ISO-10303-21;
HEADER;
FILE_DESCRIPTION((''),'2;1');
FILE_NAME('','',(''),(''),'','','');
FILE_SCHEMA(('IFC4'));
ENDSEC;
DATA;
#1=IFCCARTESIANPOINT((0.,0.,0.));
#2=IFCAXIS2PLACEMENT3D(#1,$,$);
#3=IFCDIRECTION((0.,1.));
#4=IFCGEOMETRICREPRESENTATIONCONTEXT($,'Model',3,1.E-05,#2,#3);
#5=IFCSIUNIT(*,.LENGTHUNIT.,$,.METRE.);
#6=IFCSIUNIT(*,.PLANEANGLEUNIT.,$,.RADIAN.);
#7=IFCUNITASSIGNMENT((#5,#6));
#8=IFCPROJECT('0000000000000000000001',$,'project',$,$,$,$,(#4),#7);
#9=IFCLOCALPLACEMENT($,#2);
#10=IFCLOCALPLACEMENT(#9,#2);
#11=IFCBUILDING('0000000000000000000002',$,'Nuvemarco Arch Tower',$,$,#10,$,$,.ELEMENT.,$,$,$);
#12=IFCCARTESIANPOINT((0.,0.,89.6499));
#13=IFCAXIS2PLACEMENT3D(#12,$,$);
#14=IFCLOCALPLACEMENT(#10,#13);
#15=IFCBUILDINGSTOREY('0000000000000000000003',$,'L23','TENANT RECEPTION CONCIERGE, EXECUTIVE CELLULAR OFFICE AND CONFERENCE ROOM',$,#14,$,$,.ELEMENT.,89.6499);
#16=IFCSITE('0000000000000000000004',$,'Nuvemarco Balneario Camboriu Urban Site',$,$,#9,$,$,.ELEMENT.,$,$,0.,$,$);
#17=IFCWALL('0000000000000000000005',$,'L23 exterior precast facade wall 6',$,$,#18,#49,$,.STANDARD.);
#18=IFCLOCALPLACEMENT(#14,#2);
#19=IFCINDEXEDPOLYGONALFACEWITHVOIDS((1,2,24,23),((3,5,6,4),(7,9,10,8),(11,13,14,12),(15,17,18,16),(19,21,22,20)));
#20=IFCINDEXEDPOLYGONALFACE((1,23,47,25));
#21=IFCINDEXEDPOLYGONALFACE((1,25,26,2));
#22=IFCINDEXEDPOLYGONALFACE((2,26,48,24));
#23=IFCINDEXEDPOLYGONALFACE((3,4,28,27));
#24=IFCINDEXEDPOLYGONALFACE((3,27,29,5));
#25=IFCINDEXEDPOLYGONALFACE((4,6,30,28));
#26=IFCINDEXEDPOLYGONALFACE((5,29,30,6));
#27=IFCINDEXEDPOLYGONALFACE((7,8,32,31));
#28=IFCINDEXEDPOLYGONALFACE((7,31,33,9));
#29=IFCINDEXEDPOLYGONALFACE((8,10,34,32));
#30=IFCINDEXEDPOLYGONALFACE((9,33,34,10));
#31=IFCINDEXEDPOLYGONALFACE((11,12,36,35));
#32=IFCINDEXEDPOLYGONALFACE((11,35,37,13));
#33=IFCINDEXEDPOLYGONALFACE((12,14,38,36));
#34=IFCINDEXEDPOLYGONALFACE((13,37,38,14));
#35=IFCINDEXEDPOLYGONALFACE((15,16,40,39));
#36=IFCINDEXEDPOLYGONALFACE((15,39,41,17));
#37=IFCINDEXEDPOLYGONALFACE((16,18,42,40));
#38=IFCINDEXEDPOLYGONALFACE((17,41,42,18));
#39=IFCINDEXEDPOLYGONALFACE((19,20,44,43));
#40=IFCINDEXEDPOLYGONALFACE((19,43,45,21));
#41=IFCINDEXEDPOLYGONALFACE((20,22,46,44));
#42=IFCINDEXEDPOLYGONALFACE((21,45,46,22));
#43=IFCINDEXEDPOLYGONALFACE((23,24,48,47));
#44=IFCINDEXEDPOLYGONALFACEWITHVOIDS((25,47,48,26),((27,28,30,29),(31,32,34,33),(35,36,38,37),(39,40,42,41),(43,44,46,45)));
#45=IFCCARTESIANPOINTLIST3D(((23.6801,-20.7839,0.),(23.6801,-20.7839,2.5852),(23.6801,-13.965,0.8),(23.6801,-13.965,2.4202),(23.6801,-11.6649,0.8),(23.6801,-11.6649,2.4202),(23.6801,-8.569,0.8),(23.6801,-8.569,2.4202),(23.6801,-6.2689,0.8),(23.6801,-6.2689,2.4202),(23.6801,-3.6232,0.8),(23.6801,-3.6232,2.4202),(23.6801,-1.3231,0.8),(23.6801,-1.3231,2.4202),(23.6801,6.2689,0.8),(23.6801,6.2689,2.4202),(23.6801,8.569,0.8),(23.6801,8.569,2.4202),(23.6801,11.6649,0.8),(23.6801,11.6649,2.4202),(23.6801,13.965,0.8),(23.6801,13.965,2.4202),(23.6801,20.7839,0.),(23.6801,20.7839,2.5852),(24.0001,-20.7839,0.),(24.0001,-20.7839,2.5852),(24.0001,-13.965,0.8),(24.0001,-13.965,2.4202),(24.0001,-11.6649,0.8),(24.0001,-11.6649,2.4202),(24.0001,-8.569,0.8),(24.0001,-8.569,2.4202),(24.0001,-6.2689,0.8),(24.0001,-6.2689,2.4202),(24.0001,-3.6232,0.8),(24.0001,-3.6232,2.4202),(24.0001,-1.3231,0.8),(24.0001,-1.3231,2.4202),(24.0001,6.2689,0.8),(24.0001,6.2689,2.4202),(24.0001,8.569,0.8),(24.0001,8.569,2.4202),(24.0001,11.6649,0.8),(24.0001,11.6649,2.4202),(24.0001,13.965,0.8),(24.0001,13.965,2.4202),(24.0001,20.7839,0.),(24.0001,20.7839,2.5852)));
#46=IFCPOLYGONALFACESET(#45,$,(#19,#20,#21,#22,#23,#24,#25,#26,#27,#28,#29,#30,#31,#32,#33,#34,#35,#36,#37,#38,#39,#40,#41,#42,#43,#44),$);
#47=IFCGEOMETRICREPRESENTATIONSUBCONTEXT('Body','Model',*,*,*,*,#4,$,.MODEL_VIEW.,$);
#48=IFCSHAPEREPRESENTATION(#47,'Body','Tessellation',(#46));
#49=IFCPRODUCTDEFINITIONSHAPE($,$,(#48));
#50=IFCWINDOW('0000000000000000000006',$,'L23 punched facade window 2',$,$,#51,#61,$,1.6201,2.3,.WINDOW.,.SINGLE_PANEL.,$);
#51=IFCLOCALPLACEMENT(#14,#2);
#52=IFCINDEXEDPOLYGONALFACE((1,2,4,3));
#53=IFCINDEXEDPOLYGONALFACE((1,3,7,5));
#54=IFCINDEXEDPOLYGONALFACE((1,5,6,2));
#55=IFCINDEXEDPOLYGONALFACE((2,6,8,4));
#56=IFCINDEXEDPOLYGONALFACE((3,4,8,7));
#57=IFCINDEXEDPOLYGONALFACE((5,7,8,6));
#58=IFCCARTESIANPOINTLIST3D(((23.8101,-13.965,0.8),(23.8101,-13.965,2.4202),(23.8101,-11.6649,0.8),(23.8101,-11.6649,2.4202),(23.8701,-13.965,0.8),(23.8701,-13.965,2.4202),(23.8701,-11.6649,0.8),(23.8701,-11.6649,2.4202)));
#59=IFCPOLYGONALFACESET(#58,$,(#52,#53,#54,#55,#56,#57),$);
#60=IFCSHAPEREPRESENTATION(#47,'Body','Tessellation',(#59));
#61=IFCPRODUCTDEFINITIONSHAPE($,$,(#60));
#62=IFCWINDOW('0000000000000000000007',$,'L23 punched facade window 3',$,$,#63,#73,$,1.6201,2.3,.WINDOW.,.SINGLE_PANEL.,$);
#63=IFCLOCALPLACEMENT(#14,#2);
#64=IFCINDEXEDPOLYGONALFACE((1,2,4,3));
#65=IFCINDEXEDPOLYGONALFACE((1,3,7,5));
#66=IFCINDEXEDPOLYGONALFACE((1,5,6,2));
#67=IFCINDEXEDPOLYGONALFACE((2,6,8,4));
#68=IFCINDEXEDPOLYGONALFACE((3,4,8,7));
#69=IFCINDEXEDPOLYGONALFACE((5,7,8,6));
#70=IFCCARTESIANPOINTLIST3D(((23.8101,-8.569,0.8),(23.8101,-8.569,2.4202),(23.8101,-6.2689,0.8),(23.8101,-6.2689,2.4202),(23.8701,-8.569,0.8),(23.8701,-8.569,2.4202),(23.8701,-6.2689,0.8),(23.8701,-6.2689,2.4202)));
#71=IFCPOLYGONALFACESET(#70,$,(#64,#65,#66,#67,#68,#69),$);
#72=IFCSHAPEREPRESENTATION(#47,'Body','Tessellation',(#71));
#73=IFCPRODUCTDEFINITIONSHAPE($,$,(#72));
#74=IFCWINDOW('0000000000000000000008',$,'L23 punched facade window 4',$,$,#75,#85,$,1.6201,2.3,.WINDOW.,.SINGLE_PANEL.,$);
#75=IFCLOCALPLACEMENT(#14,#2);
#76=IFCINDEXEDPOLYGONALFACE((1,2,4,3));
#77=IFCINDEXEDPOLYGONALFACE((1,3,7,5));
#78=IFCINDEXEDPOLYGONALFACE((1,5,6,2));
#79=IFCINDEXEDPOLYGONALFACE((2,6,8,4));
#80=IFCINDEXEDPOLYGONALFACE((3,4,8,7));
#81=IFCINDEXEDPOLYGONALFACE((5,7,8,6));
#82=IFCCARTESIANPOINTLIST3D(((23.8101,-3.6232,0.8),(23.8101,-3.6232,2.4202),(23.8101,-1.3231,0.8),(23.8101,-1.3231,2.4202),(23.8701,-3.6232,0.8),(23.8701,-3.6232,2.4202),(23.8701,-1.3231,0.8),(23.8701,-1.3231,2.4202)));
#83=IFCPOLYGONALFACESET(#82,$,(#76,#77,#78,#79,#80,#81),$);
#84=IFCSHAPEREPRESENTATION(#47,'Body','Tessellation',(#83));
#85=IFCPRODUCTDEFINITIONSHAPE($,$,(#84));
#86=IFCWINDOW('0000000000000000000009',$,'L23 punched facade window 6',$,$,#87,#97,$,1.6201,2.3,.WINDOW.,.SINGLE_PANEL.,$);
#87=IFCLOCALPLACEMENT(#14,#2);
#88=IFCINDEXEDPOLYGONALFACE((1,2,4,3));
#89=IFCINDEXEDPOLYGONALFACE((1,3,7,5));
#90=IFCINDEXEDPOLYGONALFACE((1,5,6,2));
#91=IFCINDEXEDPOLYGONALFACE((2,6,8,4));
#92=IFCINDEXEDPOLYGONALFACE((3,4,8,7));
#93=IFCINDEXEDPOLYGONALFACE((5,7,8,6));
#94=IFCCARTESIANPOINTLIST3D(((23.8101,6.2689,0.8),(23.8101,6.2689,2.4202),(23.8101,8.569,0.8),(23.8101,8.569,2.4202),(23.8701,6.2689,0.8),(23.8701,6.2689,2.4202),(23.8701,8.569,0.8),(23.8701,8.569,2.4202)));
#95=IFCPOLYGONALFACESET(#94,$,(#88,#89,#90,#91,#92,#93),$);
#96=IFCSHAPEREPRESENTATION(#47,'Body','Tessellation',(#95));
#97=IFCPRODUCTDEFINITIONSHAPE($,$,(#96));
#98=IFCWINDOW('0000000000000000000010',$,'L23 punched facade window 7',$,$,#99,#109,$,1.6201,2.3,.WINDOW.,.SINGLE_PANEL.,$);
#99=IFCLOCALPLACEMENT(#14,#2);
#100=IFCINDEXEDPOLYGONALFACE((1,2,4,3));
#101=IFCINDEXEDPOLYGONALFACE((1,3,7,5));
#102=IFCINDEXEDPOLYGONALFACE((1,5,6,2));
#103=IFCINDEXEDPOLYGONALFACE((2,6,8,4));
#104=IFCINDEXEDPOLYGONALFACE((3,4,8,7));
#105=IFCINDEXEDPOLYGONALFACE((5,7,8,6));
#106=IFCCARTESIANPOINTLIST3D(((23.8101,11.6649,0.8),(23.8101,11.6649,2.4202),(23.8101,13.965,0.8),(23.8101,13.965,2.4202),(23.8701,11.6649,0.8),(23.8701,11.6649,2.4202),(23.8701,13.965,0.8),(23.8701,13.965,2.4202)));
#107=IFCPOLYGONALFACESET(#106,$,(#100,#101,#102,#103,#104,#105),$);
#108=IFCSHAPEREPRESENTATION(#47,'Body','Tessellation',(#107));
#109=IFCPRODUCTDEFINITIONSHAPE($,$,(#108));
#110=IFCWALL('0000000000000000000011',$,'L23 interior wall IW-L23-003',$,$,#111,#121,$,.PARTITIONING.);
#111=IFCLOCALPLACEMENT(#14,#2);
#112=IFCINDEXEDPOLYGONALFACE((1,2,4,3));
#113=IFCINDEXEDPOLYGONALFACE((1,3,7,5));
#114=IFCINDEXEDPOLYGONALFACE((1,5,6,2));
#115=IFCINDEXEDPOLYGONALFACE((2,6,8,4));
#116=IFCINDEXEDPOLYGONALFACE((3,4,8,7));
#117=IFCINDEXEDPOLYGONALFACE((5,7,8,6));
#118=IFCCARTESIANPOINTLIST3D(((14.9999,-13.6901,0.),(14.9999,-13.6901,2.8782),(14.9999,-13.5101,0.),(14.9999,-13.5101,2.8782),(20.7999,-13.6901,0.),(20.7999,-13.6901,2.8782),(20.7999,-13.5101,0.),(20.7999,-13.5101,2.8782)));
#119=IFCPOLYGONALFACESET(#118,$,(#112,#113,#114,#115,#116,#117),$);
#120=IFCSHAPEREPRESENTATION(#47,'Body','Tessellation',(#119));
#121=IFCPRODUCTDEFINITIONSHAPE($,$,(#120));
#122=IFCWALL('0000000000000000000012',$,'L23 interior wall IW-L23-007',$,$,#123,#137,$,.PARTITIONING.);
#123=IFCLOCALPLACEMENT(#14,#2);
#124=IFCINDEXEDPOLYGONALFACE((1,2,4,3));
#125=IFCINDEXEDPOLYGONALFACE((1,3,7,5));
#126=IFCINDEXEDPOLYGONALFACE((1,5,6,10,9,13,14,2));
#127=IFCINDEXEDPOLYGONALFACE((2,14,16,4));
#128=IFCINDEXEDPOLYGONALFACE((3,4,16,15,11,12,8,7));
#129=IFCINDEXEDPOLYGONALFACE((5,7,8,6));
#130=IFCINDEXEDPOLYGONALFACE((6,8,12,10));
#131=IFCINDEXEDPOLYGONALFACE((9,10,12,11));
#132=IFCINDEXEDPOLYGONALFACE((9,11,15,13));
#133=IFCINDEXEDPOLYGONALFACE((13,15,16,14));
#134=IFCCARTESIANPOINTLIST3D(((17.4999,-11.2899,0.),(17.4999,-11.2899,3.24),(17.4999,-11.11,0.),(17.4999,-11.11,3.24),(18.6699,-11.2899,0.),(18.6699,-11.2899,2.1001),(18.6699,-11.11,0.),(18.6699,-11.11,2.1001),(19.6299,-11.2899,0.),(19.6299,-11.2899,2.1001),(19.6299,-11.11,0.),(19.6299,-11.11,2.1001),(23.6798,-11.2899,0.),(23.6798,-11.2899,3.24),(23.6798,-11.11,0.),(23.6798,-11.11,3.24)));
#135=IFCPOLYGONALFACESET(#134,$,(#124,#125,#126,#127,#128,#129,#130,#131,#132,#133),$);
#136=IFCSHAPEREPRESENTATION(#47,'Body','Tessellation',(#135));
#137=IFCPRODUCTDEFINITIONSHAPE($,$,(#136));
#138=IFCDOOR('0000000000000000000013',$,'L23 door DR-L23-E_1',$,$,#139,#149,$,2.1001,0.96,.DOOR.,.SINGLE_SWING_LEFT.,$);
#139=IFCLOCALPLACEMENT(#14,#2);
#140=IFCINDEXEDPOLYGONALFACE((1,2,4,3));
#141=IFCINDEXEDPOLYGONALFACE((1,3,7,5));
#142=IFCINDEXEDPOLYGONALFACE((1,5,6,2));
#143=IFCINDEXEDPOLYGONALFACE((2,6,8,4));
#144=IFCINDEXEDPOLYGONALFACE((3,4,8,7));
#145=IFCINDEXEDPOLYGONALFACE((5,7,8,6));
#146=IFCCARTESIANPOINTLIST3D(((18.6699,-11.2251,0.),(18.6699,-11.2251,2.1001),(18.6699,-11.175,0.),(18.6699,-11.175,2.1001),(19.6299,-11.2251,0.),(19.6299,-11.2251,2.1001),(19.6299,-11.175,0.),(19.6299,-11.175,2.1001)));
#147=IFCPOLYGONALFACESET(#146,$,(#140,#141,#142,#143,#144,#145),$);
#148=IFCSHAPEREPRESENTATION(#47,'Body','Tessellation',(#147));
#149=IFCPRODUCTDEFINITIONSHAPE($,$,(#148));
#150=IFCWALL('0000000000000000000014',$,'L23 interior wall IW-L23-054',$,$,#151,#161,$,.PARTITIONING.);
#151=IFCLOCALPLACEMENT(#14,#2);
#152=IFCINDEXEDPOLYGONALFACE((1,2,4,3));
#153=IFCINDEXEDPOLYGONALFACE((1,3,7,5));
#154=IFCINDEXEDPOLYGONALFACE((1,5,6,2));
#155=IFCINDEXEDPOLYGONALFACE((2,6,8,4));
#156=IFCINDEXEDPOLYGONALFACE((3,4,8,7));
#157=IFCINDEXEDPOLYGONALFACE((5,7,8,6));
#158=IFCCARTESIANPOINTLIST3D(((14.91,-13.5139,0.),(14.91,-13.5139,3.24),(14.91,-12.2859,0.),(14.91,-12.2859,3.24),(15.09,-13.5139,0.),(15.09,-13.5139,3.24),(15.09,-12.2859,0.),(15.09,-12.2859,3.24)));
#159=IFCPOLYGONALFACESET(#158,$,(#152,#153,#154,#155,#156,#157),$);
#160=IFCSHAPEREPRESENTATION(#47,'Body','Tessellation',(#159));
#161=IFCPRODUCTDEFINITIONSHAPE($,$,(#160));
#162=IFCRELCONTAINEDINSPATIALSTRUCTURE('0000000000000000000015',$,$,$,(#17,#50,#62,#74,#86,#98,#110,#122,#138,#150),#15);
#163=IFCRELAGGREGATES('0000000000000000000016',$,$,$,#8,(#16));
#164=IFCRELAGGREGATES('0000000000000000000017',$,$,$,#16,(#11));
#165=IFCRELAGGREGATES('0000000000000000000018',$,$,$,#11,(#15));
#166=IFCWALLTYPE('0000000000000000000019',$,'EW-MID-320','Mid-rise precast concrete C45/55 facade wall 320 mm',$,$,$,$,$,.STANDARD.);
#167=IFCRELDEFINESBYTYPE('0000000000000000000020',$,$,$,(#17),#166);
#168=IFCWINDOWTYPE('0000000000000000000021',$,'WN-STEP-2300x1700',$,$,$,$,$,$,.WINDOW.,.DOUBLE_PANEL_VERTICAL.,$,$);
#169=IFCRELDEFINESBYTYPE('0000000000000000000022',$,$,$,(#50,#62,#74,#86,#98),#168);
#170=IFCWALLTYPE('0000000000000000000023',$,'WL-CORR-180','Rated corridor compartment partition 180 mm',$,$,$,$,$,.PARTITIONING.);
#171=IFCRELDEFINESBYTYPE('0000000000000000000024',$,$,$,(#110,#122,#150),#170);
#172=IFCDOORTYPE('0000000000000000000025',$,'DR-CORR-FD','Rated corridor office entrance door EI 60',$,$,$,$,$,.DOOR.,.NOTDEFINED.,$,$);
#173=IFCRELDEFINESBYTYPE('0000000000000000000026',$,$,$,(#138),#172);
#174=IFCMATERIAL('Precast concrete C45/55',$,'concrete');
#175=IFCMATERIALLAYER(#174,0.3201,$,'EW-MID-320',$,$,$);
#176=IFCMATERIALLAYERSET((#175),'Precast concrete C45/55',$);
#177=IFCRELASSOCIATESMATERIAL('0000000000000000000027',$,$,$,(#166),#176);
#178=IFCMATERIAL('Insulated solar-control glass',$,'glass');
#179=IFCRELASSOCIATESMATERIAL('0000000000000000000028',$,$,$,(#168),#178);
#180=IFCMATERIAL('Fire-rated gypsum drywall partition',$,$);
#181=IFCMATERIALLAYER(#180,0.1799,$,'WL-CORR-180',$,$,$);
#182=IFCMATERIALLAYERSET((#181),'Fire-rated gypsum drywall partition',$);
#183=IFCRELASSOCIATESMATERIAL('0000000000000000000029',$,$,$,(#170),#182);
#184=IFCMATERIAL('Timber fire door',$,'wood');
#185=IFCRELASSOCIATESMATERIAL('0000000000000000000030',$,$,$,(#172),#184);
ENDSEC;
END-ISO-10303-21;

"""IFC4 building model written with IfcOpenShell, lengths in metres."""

from ifc_helpers import new_model, si_unit, direction, frame, frame_2d, origin, place, context, subcontext, project, spatial, rectangle, extrude, source, transform, mapped, material, layer, layer_set, type_object, type_shapes, element, fill, save


model = new_model("IFC4")

# Units and contexts
model_context = context("Model", 3, precision=1e-05, world=origin(), true_north=direction((0.0, 1.0)))
body_context = subcontext(model_context, "Body", "Model", "MODEL_VIEW")
ifc_project = project(units=[si_unit("LENGTHUNIT", "METRE"), si_unit("PLANEANGLEUNIT", "RADIAN")], contexts=[model_context])

# Site, building, storey
site_placement = place(None, origin())
site = spatial("IfcSite", under=ifc_project, at=site_placement, Name="Nuvemarco Balneario Camboriu Urban Site", CompositionType="ELEMENT", RefElevation=0.0)
building_placement = place(site_placement, origin())
building = spatial("IfcBuilding", under=site, at=building_placement, Name="Nuvemarco Arch Tower", CompositionType="ELEMENT")
storey_placement = place(building_placement, frame((0.0, 0.0, 89.6499)))
storey = spatial("IfcBuildingStorey", under=building, at=storey_placement, Name="L23", Description="TENANT RECEPTION CONCIERGE, EXECUTIVE CELLULAR OFFICE AND CONFERENCE ROOM", CompositionType="ELEMENT", Elevation=89.6499)

# Shared definitions
ifc_material_1 = material(Name="Precast concrete C45/55", Category="concrete")

# Shared definitions
ifc_layer_1 = layer(ifc_material_1, 0.3201, Name="EW-MID-320")
ifc_layer_set_1 = layer_set([ifc_layer_1], Name="Precast concrete C45/55")
wall_type_1 = type_object("IfcWallType", Name="EW-MID-320", Description="Mid-rise precast concrete C45/55 facade wall 320 mm", PredefinedType="STANDARD", material=ifc_layer_set_1)

# Wall, openings, windows
wall_1_placement = place(storey_placement, frame((23.8401, -20.7839, 0.0), z_axis=(0.0, 0.0, 1.0), x_axis=(0.0, 1.0, 0.0)))
wall_1 = element("IfcWall", 1, at=wall_1_placement, inside=storey, type_object=wall_type_1, Name="L23 exterior precast facade wall 6", PredefinedType="STANDARD", context=body_context, shape_type="SweptSolid", body=[
    extrude(rectangle(XDim=41.5679, YDim=0.3201, at=frame_2d((20.7839, 0.0))), origin(), (0.0, 0.0, 1.0), 2.5852),
])
opening_1_placement = place(wall_1_placement, frame((6.8191, 0.0, 0.8)))
opening_1 = element("IfcOpeningElement", 2, at=opening_1_placement, cuts=wall_1, PredefinedType="OPENING", context=body_context, shape_type="SweptSolid", body=[
    extrude(rectangle(XDim=2.3, YDim=1.6201, at=frame_2d((1.1499, 0.8101))), frame((0.0, 0.1699, 0.0), z_axis=(0.0, -1.0, 0.0), x_axis=(1.0, 0.0, 0.0)), (0.0, 0.0, 1.0), 0.3401),
])
opening_2_placement = place(wall_1_placement, frame((12.2151, 0.0, 0.8)))
opening_2 = element("IfcOpeningElement", 3, at=opening_2_placement, cuts=wall_1, PredefinedType="OPENING", context=body_context, shape_type="SweptSolid", body=[
    extrude(rectangle(XDim=2.3, YDim=1.6201, at=frame_2d((1.1499, 0.8101))), frame((0.0, 0.1699, 0.0), z_axis=(0.0, -1.0, 0.0), x_axis=(1.0, 0.0, 0.0)), (0.0, 0.0, 1.0), 0.3401),
])
opening_3_placement = place(wall_1_placement, frame((17.1609, 0.0, 0.8)))
opening_3 = element("IfcOpeningElement", 4, at=opening_3_placement, cuts=wall_1, PredefinedType="OPENING", context=body_context, shape_type="SweptSolid", body=[
    extrude(rectangle(XDim=2.3, YDim=1.6201, at=frame_2d((1.1499, 0.8101))), frame((0.0, 0.1699, 0.0), z_axis=(0.0, -1.0, 0.0), x_axis=(1.0, 0.0, 0.0)), (0.0, 0.0, 1.0), 0.3401),
])
opening_4_placement = place(wall_1_placement, frame((27.053, 0.0, 0.8)))
opening_4 = element("IfcOpeningElement", 5, at=opening_4_placement, cuts=wall_1, PredefinedType="OPENING", context=body_context, shape_type="SweptSolid", body=[
    extrude(rectangle(XDim=2.3, YDim=1.6201, at=frame_2d((1.1499, 0.8101))), frame((0.0, 0.1699, 0.0), z_axis=(0.0, -1.0, 0.0), x_axis=(1.0, 0.0, 0.0)), (0.0, 0.0, 1.0), 0.3401),
])
opening_5_placement = place(wall_1_placement, frame((32.449, 0.0, 0.8)))
opening_5 = element("IfcOpeningElement", 6, at=opening_5_placement, cuts=wall_1, PredefinedType="OPENING", context=body_context, shape_type="SweptSolid", body=[
    extrude(rectangle(XDim=2.3, YDim=1.6201, at=frame_2d((1.1499, 0.8101))), frame((0.0, 0.1699, 0.0), z_axis=(0.0, -1.0, 0.0), x_axis=(1.0, 0.0, 0.0)), (0.0, 0.0, 1.0), 0.3401),
])
ifc_material_2 = material(Name="Insulated solar-control glass", Category="glass")
window_type = type_object("IfcWindowType", Name="WN-STEP-2300x1700", PartitioningType="DOUBLE_PANEL_VERTICAL", PredefinedType="WINDOW", material=ifc_material_2)
shared_shape_1 = source(origin(), body_context, "Body", "SweptSolid", [
    extrude(rectangle(XDim=2.3, YDim=1.6201, at=frame_2d((1.1499, 0.8101))), frame((0.0, 0.03, 0.0), z_axis=(0.0, -1.0, 0.0), x_axis=(1.0, 0.0, 0.0)), (0.0, 0.0, 1.0), 0.0601),
])
type_shapes(window_type, [shared_shape_1])
window_1_placement = place(opening_1_placement, origin())
window_1 = element("IfcWindow", 7, at=window_1_placement, inside=storey, type_object=window_type, Name="L23 punched facade window 2", OverallHeight=1.6201, OverallWidth=2.3, PartitioningType="SINGLE_PANEL", PredefinedType="WINDOW", context=body_context, shape_type="MappedRepresentation", body=[
    mapped(shared_shape_1, transform((0.0, 0.0, 0.0), scale=1.0)),
])
fill(opening_1, window_1)
window_2_placement = place(opening_2_placement, origin())
window_2 = element("IfcWindow", 8, at=window_2_placement, inside=storey, type_object=window_type, Name="L23 punched facade window 3", OverallHeight=1.6201, OverallWidth=2.3, PartitioningType="SINGLE_PANEL", PredefinedType="WINDOW", context=body_context, shape_type="MappedRepresentation", body=[
    mapped(shared_shape_1, transform((0.0, 0.0, 0.0), scale=1.0)),
])
fill(opening_2, window_2)
window_3_placement = place(opening_3_placement, origin())
window_3 = element("IfcWindow", 9, at=window_3_placement, inside=storey, type_object=window_type, Name="L23 punched facade window 4", OverallHeight=1.6201, OverallWidth=2.3, PartitioningType="SINGLE_PANEL", PredefinedType="WINDOW", context=body_context, shape_type="MappedRepresentation", body=[
    mapped(shared_shape_1, transform((0.0, 0.0, 0.0), scale=1.0)),
])
fill(opening_3, window_3)
window_4_placement = place(opening_4_placement, origin())
window_4 = element("IfcWindow", 10, at=window_4_placement, inside=storey, type_object=window_type, Name="L23 punched facade window 6", OverallHeight=1.6201, OverallWidth=2.3, PartitioningType="SINGLE_PANEL", PredefinedType="WINDOW", context=body_context, shape_type="MappedRepresentation", body=[
    mapped(shared_shape_1, transform((0.0, 0.0, 0.0), scale=1.0)),
])
fill(opening_4, window_4)
window_5_placement = place(opening_5_placement, origin())
window_5 = element("IfcWindow", 11, at=window_5_placement, inside=storey, type_object=window_type, Name="L23 punched facade window 7", OverallHeight=1.6201, OverallWidth=2.3, PartitioningType="SINGLE_PANEL", PredefinedType="WINDOW", context=body_context, shape_type="MappedRepresentation", body=[
    mapped(shared_shape_1, transform((0.0, 0.0, 0.0), scale=1.0)),
])
fill(opening_5, window_5)

# Wall
ifc_material_3 = material(Name="Fire-rated gypsum drywall partition")
ifc_layer_2 = layer(ifc_material_3, 0.1799, Name="WL-CORR-180")
ifc_layer_set_2 = layer_set([ifc_layer_2], Name="Fire-rated gypsum drywall partition")
wall_type_2 = type_object("IfcWallType", Name="WL-CORR-180", Description="Rated corridor compartment partition 180 mm", PredefinedType="PARTITIONING", material=ifc_layer_set_2)
wall_2_placement = place(storey_placement, frame((15.0, -13.6001, 0.0), z_axis=(0.0, 0.0, 1.0), x_axis=(1.0, 0.0, 0.0)))
element("IfcWall", 12, at=wall_2_placement, inside=storey, type_object=wall_type_2, Name="L23 interior wall IW-L23-003", PredefinedType="PARTITIONING", context=body_context, shape_type="SweptSolid", body=[
    extrude(rectangle(XDim=5.8, YDim=0.1799, at=frame_2d((2.8999, 0.0))), origin(), (0.0, 0.0, 1.0), 2.8782),
])

# Wall, opening, door
wall_3_placement = place(storey_placement, frame((17.5, -11.2, 0.0), z_axis=(0.0, 0.0, 1.0), x_axis=(1.0, 0.0, 0.0)))
wall_3 = element("IfcWall", 13, at=wall_3_placement, inside=storey, type_object=wall_type_2, Name="L23 interior wall IW-L23-007", PredefinedType="PARTITIONING", context=body_context, shape_type="SweptSolid", body=[
    extrude(rectangle(XDim=6.1799, YDim=0.1799, at=frame_2d((3.0898, 0.0))), origin(), (0.0, 0.0, 1.0), 3.24),
])
opening_6_placement = place(wall_3_placement, frame((1.1699, 0.0, 0.0)))
opening_6 = element("IfcOpeningElement", 14, at=opening_6_placement, cuts=wall_3, PredefinedType="OPENING", context=body_context, shape_type="SweptSolid", body=[
    extrude(rectangle(XDim=0.96, YDim=2.1001, at=frame_2d((0.48, 1.05))), frame((0.0, 0.0999, 0.0), z_axis=(0.0, -1.0, 0.0), x_axis=(1.0, 0.0, 0.0)), (0.0, 0.0, 1.0), 0.2),
])
ifc_material_4 = material(Name="Timber fire door", Category="wood")
door_type = type_object("IfcDoorType", Name="DR-CORR-FD", Description="Rated corridor office entrance door EI 60", OperationType="NOTDEFINED", PredefinedType="DOOR", material=ifc_material_4)
shared_shape_2 = source(origin(), body_context, "Body", "SweptSolid", [
    extrude(rectangle(XDim=0.96, YDim=2.1001, at=frame_2d((0.48, 1.05))), frame((0.0, 0.0249, 0.0), z_axis=(0.0, -1.0, 0.0), x_axis=(1.0, 0.0, 0.0)), (0.0, 0.0, 1.0), 0.05),
])
type_shapes(door_type, [shared_shape_2])
door_placement = place(opening_6_placement, origin())
door = element("IfcDoor", 15, at=door_placement, inside=storey, type_object=door_type, Name="L23 door DR-L23-E_1", OperationType="SINGLE_SWING_LEFT", OverallHeight=2.1001, OverallWidth=0.96, PredefinedType="DOOR", context=body_context, shape_type="MappedRepresentation", body=[
    mapped(shared_shape_2, transform((0.0, 0.0, 0.0), scale=1.0)),
])
fill(opening_6, door)

# Wall
wall_4_placement = place(storey_placement, frame((15.0, -13.5139, 0.0), z_axis=(0.0, 0.0, 1.0), x_axis=(0.0, 1.0, 0.0)))
element("IfcWall", 16, at=wall_4_placement, inside=storey, type_object=wall_type_2, Name="L23 interior wall IW-L23-054", PredefinedType="PARTITIONING", context=body_context, shape_type="SweptSolid", body=[
    extrude(rectangle(XDim=1.228, YDim=0.1799, at=frame_2d((0.614, 0.0))), origin(), (0.0, 0.0, 1.0), 3.24),
])

save(model, "model.ifc")
